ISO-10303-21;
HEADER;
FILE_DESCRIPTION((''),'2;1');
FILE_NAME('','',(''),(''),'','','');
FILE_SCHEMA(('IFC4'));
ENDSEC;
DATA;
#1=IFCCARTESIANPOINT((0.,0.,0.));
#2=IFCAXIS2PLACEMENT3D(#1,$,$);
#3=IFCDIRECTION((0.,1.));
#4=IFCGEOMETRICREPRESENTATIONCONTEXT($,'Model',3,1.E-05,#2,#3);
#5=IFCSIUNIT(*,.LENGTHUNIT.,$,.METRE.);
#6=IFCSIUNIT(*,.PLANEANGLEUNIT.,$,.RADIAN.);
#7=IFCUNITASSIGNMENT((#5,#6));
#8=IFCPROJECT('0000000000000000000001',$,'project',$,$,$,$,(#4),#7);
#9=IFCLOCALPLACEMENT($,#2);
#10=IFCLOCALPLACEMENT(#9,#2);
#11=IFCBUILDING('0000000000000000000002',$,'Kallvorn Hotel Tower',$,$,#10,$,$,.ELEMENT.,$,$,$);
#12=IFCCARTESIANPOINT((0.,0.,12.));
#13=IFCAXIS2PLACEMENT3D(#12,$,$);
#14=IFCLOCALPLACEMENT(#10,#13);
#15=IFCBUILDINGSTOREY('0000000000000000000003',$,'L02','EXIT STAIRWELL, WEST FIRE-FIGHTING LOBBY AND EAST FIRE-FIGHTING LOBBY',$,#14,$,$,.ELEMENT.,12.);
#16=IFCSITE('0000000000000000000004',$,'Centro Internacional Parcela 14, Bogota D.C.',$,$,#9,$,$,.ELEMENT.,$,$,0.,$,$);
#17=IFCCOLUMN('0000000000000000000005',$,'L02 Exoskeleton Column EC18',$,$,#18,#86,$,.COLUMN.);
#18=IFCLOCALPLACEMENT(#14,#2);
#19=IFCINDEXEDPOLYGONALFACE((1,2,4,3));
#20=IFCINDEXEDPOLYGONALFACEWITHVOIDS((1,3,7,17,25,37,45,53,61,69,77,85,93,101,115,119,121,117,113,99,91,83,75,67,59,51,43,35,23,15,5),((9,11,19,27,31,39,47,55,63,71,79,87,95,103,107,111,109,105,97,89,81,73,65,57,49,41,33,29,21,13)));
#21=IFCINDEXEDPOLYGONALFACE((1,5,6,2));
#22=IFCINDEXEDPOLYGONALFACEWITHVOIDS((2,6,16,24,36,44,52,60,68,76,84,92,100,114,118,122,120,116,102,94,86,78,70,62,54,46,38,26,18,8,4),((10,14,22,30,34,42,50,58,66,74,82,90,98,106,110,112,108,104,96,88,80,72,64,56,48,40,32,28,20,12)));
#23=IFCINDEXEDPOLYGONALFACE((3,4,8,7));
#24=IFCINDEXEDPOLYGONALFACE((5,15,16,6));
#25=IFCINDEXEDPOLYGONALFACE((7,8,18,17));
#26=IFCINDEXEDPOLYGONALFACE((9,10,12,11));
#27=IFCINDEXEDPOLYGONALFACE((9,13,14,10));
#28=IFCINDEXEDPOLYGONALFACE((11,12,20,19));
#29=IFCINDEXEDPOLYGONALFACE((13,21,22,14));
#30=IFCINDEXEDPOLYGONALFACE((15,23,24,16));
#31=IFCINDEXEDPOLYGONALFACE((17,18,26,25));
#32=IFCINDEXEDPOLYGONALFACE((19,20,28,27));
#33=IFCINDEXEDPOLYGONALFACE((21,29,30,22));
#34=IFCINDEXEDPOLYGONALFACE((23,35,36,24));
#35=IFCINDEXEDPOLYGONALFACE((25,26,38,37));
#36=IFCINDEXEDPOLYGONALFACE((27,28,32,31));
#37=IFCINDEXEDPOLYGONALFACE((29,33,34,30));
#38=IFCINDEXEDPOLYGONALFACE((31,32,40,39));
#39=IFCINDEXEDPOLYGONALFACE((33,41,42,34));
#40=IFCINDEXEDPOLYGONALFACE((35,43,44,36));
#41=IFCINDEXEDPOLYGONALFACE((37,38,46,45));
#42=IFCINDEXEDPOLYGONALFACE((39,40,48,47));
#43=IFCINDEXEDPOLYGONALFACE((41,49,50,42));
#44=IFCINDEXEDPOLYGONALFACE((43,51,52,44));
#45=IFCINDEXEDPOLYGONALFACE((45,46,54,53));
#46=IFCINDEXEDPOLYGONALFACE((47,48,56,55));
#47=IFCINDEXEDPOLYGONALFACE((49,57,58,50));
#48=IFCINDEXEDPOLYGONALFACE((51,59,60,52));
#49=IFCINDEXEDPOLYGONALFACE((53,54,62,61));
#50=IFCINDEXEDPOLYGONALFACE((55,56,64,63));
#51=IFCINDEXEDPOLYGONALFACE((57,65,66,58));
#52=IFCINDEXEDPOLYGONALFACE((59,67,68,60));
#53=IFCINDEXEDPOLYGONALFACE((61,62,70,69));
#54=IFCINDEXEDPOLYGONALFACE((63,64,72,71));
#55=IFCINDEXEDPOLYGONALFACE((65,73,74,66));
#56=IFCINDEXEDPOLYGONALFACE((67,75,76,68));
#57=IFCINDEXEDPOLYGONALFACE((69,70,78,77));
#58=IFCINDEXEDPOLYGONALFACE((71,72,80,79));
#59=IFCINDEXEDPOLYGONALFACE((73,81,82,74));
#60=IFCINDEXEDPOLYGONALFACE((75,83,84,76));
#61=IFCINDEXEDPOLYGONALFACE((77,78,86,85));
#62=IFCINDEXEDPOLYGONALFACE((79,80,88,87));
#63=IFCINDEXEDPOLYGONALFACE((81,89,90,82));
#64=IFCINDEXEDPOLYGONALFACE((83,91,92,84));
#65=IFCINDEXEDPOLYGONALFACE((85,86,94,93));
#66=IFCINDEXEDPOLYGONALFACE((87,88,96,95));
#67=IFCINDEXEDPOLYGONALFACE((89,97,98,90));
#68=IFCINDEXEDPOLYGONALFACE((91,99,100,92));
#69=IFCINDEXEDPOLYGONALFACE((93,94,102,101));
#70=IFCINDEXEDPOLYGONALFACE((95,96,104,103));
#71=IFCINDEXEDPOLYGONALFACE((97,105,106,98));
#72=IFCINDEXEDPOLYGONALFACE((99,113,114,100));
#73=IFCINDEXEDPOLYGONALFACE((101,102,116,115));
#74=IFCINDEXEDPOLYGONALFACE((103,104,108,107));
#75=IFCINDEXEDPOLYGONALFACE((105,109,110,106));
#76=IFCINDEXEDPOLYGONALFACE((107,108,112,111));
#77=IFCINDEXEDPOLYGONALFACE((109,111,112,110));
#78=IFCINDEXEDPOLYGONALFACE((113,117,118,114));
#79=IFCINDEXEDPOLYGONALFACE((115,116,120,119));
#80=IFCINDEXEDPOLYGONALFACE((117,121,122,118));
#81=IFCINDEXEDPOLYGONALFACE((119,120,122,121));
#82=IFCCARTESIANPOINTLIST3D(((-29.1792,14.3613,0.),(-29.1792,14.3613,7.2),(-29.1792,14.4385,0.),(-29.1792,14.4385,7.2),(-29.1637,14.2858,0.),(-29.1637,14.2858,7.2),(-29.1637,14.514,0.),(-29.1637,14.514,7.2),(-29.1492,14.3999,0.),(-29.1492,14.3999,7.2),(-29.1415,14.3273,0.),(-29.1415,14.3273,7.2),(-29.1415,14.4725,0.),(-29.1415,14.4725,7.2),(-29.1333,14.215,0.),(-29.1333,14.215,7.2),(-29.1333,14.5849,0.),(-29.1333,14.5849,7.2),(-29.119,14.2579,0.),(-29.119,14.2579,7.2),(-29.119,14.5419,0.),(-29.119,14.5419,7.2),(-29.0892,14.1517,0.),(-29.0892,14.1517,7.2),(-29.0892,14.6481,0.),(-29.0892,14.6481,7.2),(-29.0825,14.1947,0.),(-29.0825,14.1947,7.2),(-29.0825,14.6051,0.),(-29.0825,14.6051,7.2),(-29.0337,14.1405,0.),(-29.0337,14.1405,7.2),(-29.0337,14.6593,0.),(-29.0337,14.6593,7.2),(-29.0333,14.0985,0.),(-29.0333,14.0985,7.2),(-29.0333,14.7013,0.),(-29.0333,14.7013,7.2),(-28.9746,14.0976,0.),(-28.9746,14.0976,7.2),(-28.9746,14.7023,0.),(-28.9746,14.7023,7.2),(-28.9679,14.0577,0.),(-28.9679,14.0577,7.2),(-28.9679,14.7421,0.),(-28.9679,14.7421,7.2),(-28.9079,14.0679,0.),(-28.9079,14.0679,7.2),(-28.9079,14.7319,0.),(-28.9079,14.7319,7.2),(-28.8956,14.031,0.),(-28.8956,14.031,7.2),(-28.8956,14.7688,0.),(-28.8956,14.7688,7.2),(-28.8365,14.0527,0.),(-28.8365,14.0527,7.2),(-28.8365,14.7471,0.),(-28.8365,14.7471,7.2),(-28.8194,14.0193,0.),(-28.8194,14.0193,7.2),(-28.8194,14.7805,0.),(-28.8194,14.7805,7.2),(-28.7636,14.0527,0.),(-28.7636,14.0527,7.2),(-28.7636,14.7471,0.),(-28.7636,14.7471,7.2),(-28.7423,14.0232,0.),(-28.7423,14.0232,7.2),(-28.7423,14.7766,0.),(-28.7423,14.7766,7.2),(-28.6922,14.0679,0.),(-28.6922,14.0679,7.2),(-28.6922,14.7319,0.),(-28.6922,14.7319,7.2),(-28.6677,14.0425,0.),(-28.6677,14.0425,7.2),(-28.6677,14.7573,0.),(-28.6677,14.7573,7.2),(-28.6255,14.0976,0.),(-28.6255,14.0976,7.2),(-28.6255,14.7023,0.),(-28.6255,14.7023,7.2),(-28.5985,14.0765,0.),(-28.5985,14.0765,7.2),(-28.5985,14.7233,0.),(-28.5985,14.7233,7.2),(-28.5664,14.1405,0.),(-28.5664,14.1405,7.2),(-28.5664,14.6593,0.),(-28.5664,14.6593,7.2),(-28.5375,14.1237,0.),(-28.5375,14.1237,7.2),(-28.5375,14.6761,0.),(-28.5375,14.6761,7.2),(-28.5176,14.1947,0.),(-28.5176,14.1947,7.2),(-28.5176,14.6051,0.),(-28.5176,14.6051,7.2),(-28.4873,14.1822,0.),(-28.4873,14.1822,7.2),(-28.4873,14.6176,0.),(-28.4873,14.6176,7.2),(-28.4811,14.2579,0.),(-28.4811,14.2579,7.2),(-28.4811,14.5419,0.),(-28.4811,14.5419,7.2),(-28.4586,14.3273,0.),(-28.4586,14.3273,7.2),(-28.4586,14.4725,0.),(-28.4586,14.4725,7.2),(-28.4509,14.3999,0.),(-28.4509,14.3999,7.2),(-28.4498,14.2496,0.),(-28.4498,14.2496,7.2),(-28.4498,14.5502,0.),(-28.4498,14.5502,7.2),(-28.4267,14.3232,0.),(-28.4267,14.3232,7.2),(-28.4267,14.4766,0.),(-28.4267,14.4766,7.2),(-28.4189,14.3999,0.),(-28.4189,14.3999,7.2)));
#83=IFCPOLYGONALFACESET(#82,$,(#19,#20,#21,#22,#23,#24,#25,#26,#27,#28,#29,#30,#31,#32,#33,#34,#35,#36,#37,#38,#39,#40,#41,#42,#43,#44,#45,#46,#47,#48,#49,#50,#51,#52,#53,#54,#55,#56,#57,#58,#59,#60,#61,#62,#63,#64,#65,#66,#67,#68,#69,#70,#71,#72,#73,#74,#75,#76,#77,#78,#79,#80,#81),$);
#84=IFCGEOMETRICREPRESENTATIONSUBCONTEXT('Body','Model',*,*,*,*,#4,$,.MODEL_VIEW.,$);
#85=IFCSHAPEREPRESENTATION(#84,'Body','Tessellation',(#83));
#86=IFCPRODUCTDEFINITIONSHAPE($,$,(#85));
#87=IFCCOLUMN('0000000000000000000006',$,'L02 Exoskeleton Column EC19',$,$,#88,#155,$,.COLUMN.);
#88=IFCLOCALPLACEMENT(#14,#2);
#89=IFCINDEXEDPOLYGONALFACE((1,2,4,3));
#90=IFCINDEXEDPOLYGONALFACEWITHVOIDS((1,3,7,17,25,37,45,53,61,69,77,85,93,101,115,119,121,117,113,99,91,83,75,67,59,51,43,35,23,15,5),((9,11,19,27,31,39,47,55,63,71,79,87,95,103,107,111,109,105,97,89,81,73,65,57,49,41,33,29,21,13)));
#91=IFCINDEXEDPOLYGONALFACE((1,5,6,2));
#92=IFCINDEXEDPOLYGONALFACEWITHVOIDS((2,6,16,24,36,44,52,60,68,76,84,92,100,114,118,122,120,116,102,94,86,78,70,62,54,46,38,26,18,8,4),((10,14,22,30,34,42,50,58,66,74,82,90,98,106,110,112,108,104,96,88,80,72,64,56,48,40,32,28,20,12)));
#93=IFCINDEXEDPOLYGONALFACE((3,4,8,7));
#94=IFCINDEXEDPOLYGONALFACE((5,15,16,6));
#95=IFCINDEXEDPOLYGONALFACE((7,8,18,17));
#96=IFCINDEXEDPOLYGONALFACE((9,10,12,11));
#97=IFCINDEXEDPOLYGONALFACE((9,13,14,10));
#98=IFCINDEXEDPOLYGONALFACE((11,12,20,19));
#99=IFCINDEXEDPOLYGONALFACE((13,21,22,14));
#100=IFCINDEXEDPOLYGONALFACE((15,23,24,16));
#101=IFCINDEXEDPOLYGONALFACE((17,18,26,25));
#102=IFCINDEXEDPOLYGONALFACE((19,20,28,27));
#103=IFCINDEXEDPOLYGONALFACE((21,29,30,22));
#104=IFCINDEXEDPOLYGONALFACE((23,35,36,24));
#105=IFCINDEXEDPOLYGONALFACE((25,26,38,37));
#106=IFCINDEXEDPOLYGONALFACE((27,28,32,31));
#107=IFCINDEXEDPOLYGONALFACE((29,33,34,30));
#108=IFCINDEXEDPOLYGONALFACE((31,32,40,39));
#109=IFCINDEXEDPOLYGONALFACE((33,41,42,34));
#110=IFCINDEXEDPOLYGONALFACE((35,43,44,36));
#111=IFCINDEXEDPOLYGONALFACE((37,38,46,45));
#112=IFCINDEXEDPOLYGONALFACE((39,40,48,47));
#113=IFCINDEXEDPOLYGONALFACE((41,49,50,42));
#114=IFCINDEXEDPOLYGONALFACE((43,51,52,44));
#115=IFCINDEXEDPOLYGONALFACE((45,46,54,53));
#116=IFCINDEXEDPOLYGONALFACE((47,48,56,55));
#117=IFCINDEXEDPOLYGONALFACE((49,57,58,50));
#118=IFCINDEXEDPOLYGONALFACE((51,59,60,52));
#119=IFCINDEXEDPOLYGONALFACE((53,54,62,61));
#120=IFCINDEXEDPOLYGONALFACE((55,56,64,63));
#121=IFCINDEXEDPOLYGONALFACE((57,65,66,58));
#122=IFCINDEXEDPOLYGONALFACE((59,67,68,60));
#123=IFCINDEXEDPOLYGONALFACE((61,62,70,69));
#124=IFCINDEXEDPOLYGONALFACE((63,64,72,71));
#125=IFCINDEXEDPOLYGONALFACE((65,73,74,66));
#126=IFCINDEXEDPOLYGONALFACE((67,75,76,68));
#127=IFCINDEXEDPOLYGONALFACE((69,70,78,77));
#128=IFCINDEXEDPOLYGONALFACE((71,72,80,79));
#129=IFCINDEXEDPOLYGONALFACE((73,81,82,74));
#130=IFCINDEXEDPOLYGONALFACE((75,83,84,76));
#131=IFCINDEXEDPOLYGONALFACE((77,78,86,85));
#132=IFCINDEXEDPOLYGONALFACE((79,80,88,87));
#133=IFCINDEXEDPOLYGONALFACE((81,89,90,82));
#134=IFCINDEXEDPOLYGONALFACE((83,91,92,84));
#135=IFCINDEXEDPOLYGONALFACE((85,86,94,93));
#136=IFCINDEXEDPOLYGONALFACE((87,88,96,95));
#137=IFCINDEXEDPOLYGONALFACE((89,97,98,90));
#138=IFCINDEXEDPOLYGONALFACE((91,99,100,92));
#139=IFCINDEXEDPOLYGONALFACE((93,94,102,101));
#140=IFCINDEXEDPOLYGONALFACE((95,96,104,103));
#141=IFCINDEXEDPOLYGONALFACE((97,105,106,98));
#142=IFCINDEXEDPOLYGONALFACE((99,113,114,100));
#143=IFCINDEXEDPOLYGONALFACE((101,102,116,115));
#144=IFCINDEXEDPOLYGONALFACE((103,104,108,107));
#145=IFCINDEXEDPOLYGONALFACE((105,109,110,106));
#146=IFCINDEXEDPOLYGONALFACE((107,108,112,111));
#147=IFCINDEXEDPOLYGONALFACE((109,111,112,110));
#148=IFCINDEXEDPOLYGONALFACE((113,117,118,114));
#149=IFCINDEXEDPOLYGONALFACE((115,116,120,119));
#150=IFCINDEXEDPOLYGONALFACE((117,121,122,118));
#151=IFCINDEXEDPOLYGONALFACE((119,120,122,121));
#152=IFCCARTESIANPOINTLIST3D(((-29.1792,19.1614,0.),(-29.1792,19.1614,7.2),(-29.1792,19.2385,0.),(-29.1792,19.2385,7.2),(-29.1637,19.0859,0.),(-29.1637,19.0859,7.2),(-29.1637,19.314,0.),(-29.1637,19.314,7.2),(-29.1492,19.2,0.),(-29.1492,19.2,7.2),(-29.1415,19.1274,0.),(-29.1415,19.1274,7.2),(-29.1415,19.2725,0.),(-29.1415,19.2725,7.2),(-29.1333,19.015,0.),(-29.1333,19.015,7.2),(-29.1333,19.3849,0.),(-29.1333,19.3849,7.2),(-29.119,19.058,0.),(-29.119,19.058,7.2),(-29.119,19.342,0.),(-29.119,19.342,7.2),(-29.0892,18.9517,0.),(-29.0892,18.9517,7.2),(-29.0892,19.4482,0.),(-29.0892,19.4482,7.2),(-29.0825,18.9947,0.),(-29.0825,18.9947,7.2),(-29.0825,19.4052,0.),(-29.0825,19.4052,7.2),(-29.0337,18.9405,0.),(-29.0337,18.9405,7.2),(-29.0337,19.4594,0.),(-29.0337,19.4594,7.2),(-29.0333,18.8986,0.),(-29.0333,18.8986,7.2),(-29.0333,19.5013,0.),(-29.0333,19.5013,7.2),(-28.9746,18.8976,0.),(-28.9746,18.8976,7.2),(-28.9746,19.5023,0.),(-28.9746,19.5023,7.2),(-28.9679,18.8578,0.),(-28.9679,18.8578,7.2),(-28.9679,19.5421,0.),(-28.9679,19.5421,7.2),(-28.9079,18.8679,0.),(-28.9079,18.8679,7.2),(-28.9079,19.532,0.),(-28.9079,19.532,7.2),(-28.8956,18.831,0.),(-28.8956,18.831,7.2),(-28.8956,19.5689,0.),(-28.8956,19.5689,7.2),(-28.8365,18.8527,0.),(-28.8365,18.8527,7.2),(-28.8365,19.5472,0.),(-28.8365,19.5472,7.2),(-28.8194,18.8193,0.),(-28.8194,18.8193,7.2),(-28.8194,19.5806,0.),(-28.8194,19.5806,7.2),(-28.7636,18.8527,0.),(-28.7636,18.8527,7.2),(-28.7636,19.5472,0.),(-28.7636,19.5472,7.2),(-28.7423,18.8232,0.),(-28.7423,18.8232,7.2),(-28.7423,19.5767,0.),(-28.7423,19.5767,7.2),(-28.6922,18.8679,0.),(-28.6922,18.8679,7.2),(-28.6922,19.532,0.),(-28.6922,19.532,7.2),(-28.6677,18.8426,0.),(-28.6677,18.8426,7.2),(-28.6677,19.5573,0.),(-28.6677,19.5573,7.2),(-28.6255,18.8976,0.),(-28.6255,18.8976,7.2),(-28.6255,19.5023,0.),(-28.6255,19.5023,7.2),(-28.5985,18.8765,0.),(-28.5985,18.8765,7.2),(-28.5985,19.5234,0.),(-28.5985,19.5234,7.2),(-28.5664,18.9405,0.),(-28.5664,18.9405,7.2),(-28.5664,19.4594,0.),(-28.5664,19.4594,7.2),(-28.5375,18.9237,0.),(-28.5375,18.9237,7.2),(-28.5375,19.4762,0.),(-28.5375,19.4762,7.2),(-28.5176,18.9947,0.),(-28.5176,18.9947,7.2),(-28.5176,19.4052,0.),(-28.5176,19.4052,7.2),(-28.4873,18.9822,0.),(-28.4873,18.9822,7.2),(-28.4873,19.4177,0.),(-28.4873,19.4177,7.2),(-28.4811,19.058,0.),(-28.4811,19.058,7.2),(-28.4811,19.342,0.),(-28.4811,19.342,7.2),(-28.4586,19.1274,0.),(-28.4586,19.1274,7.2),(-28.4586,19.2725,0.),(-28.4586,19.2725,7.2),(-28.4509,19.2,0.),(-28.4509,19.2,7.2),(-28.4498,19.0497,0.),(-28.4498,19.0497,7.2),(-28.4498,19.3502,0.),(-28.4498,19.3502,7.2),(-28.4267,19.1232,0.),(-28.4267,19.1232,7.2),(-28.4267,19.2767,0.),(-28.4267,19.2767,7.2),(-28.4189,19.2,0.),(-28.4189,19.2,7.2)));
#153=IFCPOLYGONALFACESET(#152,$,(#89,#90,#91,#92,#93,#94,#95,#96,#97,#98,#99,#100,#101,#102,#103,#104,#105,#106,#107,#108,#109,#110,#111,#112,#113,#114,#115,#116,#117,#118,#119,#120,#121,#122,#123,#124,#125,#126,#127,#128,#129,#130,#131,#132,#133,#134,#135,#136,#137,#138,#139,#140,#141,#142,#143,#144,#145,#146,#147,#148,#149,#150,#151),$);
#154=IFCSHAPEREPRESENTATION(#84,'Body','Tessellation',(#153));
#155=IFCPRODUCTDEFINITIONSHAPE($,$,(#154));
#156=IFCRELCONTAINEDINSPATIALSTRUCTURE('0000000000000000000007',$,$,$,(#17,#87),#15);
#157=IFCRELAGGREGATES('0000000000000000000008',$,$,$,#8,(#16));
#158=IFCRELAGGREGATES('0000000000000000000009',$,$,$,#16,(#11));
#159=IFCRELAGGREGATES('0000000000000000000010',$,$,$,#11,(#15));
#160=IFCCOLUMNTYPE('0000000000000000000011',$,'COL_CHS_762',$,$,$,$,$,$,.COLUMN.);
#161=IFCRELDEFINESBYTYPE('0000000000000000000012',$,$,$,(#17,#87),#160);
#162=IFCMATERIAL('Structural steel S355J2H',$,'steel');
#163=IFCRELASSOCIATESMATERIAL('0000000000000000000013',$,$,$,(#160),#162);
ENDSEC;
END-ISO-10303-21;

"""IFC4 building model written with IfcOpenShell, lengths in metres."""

from ifc_helpers import new_model, si_unit, direction, frame, origin, origin_2d, place, context, subcontext, project, spatial, hollow_circle, extrude, material, material_profile, profile_set, type_object, element, save


model = new_model("IFC4")

# Units and contexts
model_context = context("Model", 3, precision=1e-05, world=origin(), true_north=direction((0.0, 1.0)))
body_context = subcontext(model_context, "Body", "Model", "MODEL_VIEW")
ifc_project = project(units=[si_unit("LENGTHUNIT", "METRE"), si_unit("PLANEANGLEUNIT", "RADIAN")], contexts=[model_context])

# Site, building, storey
site_placement = place(None, origin())
site = spatial("IfcSite", under=ifc_project, at=site_placement, Name="Centro Internacional Parcela 14, Bogota D.C.", CompositionType="ELEMENT", RefElevation=0.0)
building_placement = place(site_placement, origin())
building = spatial("IfcBuilding", under=site, at=building_placement, Name="Kallvorn Hotel Tower", CompositionType="ELEMENT")
storey_placement = place(building_placement, frame((0.0, 0.0, 12.0)))
storey = spatial("IfcBuildingStorey", under=building, at=storey_placement, Name="L02", Description="EXIT STAIRWELL, WEST FIRE-FIGHTING LOBBY AND EAST FIRE-FIGHTING LOBBY", CompositionType="ELEMENT", Elevation=12.0)

# Columns
ifc_material_1 = material(Name="Structural steel S355J2H", Category="steel")
ifc_material_profile_1 = material_profile(ifc_material_1, hollow_circle(Radius=0.3811, WallThickness=0.032, at=origin_2d()), Name="CHS 762x32")
ifc_profile_set_1 = profile_set([ifc_material_profile_1], Name="Structural steel S355J2H")
column_type_1 = type_object("IfcColumnType", Name="COL_CHS_762", PredefinedType="COLUMN", material=ifc_profile_set_1)
for number, where, z_axis, x_axis, name in (
    (1, (-28.8, 14.3999, 0.0), (0.0, 0.0, 1.0), (1.0, 0.0, 0.0), "L02 Exoskeleton Column EC18"),
    (2, (-28.8, 19.2, 0.0), (0.0, 0.0, 1.0), (1.0, 0.0, 0.0), "L02 Exoskeleton Column EC19"),
):
    element("IfcColumn", number, at=place(storey_placement, frame(where, z_axis=z_axis, x_axis=x_axis)), inside=storey, type_object=column_type_1, Name=name, PredefinedType="COLUMN", context=body_context, shape_type="SweptSolid", body=[
        extrude(hollow_circle(Radius=0.3811, WallThickness=0.032, at=origin_2d()), origin(), (0.0, 0.0, 1.0), 7.2),
    ])

save(model, "model.ifc")
